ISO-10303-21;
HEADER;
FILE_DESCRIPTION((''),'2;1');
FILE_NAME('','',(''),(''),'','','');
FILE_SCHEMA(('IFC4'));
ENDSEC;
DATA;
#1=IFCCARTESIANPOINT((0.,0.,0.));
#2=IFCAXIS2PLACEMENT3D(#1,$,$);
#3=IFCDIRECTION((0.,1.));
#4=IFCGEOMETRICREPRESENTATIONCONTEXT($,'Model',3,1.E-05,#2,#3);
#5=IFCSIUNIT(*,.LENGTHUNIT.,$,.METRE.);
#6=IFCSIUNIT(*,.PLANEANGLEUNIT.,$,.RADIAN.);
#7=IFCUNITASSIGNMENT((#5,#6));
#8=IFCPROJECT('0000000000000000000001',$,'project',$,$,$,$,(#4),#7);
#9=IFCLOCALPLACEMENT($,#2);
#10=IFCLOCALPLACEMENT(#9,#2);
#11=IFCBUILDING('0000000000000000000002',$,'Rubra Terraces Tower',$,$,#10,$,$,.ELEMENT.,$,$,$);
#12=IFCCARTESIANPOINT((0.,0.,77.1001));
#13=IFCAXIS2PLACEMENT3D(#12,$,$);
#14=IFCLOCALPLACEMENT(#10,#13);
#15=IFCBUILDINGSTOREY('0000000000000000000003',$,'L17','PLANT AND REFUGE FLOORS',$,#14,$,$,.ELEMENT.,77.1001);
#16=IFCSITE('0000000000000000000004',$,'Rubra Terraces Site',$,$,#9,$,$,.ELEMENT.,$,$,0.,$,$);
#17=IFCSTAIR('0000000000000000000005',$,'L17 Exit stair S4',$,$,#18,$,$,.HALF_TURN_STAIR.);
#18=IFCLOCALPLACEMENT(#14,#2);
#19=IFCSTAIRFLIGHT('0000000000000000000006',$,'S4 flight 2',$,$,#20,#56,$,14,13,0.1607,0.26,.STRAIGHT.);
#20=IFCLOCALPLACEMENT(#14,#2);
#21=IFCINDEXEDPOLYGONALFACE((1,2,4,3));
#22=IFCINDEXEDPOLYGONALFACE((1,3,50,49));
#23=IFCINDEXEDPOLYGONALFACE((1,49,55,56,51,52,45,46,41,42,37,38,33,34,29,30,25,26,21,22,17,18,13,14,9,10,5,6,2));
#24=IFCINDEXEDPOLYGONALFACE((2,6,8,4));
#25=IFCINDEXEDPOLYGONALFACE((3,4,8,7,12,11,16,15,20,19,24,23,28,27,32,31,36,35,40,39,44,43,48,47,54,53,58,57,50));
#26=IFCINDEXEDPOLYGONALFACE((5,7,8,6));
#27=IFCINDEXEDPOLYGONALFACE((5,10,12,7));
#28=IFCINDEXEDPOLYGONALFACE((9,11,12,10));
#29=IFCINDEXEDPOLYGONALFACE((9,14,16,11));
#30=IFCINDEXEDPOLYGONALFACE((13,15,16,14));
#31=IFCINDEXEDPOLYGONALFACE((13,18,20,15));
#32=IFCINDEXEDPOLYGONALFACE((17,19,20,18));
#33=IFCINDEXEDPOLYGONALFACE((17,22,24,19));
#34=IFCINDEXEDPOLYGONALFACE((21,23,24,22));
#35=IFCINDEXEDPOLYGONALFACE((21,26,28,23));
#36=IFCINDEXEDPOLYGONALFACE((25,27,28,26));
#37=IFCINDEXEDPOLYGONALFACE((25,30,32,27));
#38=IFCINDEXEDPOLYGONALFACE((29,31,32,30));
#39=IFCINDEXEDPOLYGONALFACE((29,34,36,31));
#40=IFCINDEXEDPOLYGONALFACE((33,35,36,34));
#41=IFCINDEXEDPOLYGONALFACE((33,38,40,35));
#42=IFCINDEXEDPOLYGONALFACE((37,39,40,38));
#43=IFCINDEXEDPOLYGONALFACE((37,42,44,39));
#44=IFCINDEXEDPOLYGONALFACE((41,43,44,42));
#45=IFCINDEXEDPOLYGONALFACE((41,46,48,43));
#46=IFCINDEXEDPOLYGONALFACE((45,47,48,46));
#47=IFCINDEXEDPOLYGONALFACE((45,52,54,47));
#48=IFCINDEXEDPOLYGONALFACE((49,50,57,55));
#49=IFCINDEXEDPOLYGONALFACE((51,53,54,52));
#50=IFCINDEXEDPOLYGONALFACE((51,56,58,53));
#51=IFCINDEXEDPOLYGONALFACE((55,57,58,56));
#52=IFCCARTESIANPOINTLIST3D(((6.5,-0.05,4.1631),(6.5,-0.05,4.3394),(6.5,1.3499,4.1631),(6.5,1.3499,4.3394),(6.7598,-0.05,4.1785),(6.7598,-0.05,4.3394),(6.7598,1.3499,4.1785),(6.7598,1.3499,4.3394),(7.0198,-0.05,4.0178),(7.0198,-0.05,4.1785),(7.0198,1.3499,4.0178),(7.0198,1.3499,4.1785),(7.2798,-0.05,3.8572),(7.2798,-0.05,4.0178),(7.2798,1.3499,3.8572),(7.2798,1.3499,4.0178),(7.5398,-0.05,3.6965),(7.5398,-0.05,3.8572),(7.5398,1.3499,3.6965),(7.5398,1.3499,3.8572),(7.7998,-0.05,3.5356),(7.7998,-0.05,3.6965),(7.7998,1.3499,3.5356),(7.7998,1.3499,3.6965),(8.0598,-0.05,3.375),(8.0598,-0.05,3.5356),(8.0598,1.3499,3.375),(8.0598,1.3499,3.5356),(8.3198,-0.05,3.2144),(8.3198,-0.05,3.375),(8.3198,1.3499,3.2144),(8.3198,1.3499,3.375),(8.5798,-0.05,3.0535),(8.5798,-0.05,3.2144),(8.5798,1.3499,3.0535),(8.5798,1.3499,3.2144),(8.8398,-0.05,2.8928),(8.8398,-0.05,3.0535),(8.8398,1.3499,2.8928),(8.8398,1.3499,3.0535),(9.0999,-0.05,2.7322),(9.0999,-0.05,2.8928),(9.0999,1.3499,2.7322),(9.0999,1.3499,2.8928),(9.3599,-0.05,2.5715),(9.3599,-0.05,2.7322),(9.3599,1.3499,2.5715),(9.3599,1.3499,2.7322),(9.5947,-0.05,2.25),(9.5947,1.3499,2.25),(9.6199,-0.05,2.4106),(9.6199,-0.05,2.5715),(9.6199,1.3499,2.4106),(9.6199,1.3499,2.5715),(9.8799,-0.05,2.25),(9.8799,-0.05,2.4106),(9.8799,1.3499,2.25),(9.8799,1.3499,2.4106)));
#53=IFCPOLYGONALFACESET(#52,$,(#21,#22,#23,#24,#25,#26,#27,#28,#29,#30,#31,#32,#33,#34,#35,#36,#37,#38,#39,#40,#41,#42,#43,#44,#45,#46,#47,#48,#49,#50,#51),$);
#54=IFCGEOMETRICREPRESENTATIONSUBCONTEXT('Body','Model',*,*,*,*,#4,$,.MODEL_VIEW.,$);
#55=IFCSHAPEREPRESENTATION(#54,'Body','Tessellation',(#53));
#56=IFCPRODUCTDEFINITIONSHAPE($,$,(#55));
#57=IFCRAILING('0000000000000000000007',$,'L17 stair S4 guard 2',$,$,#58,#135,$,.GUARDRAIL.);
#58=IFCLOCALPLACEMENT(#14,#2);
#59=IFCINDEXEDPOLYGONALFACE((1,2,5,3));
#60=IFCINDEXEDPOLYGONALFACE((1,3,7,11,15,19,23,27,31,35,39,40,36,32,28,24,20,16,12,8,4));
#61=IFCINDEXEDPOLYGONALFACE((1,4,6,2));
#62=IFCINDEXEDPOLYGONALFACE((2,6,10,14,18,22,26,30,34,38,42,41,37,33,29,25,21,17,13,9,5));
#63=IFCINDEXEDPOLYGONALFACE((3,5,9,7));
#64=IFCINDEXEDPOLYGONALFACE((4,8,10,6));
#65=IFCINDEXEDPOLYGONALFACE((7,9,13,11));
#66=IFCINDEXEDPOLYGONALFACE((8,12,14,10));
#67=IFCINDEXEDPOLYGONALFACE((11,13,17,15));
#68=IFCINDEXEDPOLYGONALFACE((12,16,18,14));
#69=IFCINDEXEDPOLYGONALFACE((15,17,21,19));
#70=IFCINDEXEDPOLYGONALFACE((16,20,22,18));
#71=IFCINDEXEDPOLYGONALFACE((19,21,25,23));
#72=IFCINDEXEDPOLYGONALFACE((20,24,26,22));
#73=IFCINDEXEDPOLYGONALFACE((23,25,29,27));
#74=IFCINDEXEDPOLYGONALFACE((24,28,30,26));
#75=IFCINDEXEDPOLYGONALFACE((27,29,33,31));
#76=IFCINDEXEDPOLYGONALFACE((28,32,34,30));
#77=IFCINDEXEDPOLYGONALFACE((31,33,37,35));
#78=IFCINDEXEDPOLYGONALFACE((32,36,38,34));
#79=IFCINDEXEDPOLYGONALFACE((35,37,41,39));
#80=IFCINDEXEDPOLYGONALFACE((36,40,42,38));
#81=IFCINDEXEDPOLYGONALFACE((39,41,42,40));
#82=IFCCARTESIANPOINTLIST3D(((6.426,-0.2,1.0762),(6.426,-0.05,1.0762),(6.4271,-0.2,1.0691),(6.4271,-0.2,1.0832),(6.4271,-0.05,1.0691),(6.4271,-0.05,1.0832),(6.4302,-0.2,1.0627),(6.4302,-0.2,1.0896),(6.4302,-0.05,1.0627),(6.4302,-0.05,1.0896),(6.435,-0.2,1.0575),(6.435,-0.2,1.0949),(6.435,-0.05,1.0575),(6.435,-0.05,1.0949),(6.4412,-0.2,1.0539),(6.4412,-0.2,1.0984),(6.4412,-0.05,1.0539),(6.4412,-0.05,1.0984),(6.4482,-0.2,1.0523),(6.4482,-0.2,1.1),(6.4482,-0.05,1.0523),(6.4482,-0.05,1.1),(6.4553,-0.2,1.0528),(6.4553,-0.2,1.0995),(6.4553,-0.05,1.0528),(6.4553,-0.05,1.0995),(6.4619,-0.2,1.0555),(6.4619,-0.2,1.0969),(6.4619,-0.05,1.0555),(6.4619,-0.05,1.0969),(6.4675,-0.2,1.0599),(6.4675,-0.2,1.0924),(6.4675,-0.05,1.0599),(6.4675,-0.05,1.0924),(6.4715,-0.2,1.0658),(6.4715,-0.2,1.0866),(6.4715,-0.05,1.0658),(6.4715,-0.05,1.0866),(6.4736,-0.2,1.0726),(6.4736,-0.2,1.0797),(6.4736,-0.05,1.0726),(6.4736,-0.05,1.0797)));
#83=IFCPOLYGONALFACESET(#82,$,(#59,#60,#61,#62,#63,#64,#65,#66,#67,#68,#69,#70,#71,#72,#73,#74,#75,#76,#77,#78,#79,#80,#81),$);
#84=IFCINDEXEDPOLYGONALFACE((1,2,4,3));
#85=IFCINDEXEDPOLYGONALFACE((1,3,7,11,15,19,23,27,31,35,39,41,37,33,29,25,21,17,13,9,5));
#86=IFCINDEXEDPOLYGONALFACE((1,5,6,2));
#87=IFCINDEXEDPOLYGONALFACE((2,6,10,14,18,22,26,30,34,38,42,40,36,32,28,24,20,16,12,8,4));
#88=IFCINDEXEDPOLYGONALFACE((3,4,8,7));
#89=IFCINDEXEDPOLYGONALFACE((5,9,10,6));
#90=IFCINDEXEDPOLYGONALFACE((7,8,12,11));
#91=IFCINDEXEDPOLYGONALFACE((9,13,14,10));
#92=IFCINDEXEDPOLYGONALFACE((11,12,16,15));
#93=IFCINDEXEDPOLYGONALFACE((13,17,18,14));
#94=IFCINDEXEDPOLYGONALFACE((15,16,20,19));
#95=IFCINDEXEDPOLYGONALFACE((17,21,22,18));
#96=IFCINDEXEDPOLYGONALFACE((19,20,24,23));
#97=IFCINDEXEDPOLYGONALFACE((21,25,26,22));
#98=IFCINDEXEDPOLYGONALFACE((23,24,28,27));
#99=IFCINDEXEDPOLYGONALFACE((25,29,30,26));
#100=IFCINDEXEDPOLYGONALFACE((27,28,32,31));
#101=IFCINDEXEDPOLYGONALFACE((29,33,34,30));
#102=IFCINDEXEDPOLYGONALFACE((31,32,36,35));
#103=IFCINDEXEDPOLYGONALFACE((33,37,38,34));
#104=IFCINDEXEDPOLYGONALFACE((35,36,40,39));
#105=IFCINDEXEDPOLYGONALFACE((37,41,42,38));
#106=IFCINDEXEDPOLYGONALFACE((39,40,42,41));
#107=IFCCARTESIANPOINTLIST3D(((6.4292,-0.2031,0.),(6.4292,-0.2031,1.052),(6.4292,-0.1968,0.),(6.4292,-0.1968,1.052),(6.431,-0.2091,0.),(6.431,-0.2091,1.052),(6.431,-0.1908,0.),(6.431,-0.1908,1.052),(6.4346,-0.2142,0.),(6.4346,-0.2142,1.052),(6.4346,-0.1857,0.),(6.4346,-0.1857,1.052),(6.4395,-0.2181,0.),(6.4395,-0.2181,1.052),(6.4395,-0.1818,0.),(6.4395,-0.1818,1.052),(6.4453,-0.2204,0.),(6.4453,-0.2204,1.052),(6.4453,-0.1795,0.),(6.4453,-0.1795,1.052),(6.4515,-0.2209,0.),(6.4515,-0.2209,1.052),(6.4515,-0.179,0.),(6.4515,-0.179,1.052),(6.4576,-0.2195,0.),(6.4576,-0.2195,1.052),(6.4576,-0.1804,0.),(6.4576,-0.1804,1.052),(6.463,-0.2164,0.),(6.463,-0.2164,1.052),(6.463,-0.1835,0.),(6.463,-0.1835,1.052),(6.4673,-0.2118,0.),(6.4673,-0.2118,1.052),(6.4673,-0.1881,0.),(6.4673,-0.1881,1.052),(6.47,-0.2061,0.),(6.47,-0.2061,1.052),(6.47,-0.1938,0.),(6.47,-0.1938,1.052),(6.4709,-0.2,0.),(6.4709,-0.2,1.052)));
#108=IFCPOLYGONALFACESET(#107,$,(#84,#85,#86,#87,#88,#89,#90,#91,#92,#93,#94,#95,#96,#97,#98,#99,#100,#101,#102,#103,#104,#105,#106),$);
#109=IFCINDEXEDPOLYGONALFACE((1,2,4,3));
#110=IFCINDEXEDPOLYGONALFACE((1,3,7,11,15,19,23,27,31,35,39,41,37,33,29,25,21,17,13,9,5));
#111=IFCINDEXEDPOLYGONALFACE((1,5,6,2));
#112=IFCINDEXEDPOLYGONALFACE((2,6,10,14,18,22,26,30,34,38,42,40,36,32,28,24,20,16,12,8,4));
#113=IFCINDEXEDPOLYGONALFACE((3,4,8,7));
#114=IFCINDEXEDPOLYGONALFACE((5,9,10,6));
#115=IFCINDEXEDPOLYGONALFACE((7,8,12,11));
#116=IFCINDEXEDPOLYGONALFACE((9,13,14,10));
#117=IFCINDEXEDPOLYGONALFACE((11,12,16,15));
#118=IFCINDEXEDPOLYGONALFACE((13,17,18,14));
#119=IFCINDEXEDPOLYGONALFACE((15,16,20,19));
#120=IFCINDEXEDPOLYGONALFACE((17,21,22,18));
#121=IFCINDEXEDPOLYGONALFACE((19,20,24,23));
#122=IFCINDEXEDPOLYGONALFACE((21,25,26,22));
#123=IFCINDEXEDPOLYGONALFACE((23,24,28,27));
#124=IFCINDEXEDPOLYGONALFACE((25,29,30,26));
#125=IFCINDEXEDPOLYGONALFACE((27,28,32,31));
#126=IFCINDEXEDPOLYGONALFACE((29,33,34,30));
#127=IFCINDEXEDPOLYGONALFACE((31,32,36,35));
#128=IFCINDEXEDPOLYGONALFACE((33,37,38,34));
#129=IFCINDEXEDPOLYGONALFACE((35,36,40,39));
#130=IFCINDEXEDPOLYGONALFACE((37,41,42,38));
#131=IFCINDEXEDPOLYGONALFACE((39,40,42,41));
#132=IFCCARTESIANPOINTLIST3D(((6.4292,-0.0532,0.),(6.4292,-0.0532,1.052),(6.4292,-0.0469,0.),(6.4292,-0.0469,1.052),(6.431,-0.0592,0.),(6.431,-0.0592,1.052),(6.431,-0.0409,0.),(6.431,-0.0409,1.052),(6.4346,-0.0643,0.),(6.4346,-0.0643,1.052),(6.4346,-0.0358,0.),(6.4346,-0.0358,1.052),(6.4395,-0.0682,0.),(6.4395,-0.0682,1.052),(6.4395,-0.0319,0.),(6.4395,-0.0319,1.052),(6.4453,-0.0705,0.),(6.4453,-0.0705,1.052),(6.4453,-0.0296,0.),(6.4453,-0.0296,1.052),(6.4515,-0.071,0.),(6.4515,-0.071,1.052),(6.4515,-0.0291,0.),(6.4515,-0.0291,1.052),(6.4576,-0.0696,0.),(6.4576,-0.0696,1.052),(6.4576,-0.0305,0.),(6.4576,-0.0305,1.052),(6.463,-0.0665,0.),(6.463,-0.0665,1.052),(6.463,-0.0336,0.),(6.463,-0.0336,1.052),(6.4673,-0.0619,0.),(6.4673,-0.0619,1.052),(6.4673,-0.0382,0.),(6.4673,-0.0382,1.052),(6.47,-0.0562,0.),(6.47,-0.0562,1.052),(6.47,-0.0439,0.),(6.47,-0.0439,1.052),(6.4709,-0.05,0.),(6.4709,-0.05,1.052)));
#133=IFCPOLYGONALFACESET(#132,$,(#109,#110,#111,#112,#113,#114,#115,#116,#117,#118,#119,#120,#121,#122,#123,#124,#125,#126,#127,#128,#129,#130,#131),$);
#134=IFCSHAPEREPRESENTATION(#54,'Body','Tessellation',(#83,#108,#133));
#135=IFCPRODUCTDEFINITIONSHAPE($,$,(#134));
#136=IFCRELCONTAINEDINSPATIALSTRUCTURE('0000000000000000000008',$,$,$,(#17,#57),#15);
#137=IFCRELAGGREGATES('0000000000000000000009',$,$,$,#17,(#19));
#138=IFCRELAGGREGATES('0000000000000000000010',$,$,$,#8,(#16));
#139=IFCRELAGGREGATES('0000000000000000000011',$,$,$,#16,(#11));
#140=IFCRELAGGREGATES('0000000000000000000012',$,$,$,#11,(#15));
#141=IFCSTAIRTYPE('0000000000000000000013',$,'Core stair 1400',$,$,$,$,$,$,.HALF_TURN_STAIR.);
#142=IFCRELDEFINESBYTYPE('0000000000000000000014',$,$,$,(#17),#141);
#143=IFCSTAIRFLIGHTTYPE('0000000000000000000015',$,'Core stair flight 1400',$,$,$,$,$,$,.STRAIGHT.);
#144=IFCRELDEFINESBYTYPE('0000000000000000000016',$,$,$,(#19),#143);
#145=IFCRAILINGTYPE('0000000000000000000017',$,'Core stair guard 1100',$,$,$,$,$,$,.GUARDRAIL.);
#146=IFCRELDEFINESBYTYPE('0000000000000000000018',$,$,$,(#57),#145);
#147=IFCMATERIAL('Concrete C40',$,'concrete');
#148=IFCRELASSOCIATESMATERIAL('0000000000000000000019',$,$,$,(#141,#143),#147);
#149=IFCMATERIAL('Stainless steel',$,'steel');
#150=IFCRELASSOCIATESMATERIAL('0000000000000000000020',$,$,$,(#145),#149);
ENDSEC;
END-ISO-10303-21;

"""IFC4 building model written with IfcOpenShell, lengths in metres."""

from ifc_helpers import new_model, si_unit, direction, frame, origin, origin_2d, place, context, subcontext, project, spatial, polyline, circle, outline, extrude, material, type_object, element, aggregate, save


model = new_model("IFC4")

# Units and contexts
model_context = context("Model", 3, precision=1e-05, world=origin(), true_north=direction((0.0, 1.0)))
body_context = subcontext(model_context, "Body", "Model", "MODEL_VIEW")
ifc_project = project(units=[si_unit("LENGTHUNIT", "METRE"), si_unit("PLANEANGLEUNIT", "RADIAN")], contexts=[model_context])

# Site, building, storey
site_placement = place(None, origin())
site = spatial("IfcSite", under=ifc_project, at=site_placement, Name="Rubra Terraces Site", CompositionType="ELEMENT", RefElevation=0.0)
building_placement = place(site_placement, origin())
building = spatial("IfcBuilding", under=site, at=building_placement, Name="Rubra Terraces Tower", CompositionType="ELEMENT")
storey_placement = place(building_placement, frame((0.0, 0.0, 77.1001)))
storey = spatial("IfcBuildingStorey", under=building, at=storey_placement, Name="L17", Description="PLANT AND REFUGE FLOORS", CompositionType="ELEMENT", Elevation=77.1001)

# Shared definitions
ifc_material_1 = material(Name="Concrete C40", Category="concrete")

# Stair
stair_type = type_object("IfcStairType", Name="Core stair 1400", PredefinedType="HALF_TURN_STAIR", material=ifc_material_1)
stair_1_placement = place(storey_placement, origin())
stair_1 = element("IfcStair", 1, at=stair_1_placement, inside=storey, type_object=stair_type, Name="L17 Exit stair S4", PredefinedType="HALF_TURN_STAIR")

# Stair flight
stair_flight_type = type_object("IfcStairFlightType", Name="Core stair flight 1400", PredefinedType="STRAIGHT", material=ifc_material_1)
stair_flight_1_placement = place(storey_placement, frame((9.8799, 0.6499, 2.25), z_axis=(0.0, 0.0, 1.0), x_axis=(-1.0, 0.0, 0.0)))
stair_flight_1 = element("IfcStairFlight", 2, at=stair_flight_1_placement, type_object=stair_flight_type, Name="S4 flight 2", NumberOfRisers=14, NumberOfTreads=13, PredefinedType="STRAIGHT", RiserHeight=0.1607, TreadLength=0.26, context=body_context, shape_type="SweptSolid", body=[
    extrude(outline(polyline([(0.0, 0.0), (0.0, 0.1606), (0.26, 0.1606), (0.26, 0.3215), (0.52, 0.3215), (0.52, 0.4822), (0.78, 0.4822), (0.78, 0.6428), (1.04, 0.6428), (1.04, 0.8035), (1.3, 0.8035), (1.3, 0.9644), (1.5601, 0.9644), (1.5601, 1.125), (1.8201, 1.125), (1.8201, 1.2856), (2.0801, 1.2856), (2.0801, 1.4465), (2.3401, 1.4465), (2.3401, 1.6072), (2.6001, 1.6072), (2.6001, 1.7678), (2.8601, 1.7678), (2.8601, 1.9285), (3.1201, 1.9285), (3.1201, 2.0894), (3.3799, 2.0894), (3.3799, 2.25), (3.3799, 1.9131), (0.2852, 0.0), (0.0, 0.0)])), frame((0.0, 0.7, 0.0), z_axis=(0.0, -1.0, 0.0), x_axis=(1.0, 0.0, 0.0)), (0.0, 0.0, 1.0), 1.3999),
])
aggregate(stair_1, [stair_flight_1])

# Railing
ifc_material_2 = material(Name="Stainless steel", Category="steel")
railing_type_1 = type_object("IfcRailingType", Name="Core stair guard 1100", PredefinedType="GUARDRAIL", material=ifc_material_2)
railing_1_placement = place(storey_placement, frame((6.45, -0.2, 0.0)))
element("IfcRailing", 3, at=railing_1_placement, inside=storey, type_object=railing_type_1, Name="L17 stair S4 guard 2", PredefinedType="GUARDRAIL", context=body_context, shape_type="SweptSolid", body=[
    extrude(circle(Radius=0.0239, at=origin_2d()), frame((0.0, 0.0, 1.0762), z_axis=(0.0, 1.0, 0.0), x_axis=(-1.0, 0.0, 0.0)), (0.0, 0.0, 1.0), 0.1499),
    extrude(circle(Radius=0.021, at=origin_2d()), origin(), (0.0, 0.0, 1.0), 1.052),
    extrude(circle(Radius=0.021, at=origin_2d()), frame((0.0, 0.1499, 0.0)), (0.0, 0.0, 1.0), 1.052),
])

save(model, "model.ifc")
